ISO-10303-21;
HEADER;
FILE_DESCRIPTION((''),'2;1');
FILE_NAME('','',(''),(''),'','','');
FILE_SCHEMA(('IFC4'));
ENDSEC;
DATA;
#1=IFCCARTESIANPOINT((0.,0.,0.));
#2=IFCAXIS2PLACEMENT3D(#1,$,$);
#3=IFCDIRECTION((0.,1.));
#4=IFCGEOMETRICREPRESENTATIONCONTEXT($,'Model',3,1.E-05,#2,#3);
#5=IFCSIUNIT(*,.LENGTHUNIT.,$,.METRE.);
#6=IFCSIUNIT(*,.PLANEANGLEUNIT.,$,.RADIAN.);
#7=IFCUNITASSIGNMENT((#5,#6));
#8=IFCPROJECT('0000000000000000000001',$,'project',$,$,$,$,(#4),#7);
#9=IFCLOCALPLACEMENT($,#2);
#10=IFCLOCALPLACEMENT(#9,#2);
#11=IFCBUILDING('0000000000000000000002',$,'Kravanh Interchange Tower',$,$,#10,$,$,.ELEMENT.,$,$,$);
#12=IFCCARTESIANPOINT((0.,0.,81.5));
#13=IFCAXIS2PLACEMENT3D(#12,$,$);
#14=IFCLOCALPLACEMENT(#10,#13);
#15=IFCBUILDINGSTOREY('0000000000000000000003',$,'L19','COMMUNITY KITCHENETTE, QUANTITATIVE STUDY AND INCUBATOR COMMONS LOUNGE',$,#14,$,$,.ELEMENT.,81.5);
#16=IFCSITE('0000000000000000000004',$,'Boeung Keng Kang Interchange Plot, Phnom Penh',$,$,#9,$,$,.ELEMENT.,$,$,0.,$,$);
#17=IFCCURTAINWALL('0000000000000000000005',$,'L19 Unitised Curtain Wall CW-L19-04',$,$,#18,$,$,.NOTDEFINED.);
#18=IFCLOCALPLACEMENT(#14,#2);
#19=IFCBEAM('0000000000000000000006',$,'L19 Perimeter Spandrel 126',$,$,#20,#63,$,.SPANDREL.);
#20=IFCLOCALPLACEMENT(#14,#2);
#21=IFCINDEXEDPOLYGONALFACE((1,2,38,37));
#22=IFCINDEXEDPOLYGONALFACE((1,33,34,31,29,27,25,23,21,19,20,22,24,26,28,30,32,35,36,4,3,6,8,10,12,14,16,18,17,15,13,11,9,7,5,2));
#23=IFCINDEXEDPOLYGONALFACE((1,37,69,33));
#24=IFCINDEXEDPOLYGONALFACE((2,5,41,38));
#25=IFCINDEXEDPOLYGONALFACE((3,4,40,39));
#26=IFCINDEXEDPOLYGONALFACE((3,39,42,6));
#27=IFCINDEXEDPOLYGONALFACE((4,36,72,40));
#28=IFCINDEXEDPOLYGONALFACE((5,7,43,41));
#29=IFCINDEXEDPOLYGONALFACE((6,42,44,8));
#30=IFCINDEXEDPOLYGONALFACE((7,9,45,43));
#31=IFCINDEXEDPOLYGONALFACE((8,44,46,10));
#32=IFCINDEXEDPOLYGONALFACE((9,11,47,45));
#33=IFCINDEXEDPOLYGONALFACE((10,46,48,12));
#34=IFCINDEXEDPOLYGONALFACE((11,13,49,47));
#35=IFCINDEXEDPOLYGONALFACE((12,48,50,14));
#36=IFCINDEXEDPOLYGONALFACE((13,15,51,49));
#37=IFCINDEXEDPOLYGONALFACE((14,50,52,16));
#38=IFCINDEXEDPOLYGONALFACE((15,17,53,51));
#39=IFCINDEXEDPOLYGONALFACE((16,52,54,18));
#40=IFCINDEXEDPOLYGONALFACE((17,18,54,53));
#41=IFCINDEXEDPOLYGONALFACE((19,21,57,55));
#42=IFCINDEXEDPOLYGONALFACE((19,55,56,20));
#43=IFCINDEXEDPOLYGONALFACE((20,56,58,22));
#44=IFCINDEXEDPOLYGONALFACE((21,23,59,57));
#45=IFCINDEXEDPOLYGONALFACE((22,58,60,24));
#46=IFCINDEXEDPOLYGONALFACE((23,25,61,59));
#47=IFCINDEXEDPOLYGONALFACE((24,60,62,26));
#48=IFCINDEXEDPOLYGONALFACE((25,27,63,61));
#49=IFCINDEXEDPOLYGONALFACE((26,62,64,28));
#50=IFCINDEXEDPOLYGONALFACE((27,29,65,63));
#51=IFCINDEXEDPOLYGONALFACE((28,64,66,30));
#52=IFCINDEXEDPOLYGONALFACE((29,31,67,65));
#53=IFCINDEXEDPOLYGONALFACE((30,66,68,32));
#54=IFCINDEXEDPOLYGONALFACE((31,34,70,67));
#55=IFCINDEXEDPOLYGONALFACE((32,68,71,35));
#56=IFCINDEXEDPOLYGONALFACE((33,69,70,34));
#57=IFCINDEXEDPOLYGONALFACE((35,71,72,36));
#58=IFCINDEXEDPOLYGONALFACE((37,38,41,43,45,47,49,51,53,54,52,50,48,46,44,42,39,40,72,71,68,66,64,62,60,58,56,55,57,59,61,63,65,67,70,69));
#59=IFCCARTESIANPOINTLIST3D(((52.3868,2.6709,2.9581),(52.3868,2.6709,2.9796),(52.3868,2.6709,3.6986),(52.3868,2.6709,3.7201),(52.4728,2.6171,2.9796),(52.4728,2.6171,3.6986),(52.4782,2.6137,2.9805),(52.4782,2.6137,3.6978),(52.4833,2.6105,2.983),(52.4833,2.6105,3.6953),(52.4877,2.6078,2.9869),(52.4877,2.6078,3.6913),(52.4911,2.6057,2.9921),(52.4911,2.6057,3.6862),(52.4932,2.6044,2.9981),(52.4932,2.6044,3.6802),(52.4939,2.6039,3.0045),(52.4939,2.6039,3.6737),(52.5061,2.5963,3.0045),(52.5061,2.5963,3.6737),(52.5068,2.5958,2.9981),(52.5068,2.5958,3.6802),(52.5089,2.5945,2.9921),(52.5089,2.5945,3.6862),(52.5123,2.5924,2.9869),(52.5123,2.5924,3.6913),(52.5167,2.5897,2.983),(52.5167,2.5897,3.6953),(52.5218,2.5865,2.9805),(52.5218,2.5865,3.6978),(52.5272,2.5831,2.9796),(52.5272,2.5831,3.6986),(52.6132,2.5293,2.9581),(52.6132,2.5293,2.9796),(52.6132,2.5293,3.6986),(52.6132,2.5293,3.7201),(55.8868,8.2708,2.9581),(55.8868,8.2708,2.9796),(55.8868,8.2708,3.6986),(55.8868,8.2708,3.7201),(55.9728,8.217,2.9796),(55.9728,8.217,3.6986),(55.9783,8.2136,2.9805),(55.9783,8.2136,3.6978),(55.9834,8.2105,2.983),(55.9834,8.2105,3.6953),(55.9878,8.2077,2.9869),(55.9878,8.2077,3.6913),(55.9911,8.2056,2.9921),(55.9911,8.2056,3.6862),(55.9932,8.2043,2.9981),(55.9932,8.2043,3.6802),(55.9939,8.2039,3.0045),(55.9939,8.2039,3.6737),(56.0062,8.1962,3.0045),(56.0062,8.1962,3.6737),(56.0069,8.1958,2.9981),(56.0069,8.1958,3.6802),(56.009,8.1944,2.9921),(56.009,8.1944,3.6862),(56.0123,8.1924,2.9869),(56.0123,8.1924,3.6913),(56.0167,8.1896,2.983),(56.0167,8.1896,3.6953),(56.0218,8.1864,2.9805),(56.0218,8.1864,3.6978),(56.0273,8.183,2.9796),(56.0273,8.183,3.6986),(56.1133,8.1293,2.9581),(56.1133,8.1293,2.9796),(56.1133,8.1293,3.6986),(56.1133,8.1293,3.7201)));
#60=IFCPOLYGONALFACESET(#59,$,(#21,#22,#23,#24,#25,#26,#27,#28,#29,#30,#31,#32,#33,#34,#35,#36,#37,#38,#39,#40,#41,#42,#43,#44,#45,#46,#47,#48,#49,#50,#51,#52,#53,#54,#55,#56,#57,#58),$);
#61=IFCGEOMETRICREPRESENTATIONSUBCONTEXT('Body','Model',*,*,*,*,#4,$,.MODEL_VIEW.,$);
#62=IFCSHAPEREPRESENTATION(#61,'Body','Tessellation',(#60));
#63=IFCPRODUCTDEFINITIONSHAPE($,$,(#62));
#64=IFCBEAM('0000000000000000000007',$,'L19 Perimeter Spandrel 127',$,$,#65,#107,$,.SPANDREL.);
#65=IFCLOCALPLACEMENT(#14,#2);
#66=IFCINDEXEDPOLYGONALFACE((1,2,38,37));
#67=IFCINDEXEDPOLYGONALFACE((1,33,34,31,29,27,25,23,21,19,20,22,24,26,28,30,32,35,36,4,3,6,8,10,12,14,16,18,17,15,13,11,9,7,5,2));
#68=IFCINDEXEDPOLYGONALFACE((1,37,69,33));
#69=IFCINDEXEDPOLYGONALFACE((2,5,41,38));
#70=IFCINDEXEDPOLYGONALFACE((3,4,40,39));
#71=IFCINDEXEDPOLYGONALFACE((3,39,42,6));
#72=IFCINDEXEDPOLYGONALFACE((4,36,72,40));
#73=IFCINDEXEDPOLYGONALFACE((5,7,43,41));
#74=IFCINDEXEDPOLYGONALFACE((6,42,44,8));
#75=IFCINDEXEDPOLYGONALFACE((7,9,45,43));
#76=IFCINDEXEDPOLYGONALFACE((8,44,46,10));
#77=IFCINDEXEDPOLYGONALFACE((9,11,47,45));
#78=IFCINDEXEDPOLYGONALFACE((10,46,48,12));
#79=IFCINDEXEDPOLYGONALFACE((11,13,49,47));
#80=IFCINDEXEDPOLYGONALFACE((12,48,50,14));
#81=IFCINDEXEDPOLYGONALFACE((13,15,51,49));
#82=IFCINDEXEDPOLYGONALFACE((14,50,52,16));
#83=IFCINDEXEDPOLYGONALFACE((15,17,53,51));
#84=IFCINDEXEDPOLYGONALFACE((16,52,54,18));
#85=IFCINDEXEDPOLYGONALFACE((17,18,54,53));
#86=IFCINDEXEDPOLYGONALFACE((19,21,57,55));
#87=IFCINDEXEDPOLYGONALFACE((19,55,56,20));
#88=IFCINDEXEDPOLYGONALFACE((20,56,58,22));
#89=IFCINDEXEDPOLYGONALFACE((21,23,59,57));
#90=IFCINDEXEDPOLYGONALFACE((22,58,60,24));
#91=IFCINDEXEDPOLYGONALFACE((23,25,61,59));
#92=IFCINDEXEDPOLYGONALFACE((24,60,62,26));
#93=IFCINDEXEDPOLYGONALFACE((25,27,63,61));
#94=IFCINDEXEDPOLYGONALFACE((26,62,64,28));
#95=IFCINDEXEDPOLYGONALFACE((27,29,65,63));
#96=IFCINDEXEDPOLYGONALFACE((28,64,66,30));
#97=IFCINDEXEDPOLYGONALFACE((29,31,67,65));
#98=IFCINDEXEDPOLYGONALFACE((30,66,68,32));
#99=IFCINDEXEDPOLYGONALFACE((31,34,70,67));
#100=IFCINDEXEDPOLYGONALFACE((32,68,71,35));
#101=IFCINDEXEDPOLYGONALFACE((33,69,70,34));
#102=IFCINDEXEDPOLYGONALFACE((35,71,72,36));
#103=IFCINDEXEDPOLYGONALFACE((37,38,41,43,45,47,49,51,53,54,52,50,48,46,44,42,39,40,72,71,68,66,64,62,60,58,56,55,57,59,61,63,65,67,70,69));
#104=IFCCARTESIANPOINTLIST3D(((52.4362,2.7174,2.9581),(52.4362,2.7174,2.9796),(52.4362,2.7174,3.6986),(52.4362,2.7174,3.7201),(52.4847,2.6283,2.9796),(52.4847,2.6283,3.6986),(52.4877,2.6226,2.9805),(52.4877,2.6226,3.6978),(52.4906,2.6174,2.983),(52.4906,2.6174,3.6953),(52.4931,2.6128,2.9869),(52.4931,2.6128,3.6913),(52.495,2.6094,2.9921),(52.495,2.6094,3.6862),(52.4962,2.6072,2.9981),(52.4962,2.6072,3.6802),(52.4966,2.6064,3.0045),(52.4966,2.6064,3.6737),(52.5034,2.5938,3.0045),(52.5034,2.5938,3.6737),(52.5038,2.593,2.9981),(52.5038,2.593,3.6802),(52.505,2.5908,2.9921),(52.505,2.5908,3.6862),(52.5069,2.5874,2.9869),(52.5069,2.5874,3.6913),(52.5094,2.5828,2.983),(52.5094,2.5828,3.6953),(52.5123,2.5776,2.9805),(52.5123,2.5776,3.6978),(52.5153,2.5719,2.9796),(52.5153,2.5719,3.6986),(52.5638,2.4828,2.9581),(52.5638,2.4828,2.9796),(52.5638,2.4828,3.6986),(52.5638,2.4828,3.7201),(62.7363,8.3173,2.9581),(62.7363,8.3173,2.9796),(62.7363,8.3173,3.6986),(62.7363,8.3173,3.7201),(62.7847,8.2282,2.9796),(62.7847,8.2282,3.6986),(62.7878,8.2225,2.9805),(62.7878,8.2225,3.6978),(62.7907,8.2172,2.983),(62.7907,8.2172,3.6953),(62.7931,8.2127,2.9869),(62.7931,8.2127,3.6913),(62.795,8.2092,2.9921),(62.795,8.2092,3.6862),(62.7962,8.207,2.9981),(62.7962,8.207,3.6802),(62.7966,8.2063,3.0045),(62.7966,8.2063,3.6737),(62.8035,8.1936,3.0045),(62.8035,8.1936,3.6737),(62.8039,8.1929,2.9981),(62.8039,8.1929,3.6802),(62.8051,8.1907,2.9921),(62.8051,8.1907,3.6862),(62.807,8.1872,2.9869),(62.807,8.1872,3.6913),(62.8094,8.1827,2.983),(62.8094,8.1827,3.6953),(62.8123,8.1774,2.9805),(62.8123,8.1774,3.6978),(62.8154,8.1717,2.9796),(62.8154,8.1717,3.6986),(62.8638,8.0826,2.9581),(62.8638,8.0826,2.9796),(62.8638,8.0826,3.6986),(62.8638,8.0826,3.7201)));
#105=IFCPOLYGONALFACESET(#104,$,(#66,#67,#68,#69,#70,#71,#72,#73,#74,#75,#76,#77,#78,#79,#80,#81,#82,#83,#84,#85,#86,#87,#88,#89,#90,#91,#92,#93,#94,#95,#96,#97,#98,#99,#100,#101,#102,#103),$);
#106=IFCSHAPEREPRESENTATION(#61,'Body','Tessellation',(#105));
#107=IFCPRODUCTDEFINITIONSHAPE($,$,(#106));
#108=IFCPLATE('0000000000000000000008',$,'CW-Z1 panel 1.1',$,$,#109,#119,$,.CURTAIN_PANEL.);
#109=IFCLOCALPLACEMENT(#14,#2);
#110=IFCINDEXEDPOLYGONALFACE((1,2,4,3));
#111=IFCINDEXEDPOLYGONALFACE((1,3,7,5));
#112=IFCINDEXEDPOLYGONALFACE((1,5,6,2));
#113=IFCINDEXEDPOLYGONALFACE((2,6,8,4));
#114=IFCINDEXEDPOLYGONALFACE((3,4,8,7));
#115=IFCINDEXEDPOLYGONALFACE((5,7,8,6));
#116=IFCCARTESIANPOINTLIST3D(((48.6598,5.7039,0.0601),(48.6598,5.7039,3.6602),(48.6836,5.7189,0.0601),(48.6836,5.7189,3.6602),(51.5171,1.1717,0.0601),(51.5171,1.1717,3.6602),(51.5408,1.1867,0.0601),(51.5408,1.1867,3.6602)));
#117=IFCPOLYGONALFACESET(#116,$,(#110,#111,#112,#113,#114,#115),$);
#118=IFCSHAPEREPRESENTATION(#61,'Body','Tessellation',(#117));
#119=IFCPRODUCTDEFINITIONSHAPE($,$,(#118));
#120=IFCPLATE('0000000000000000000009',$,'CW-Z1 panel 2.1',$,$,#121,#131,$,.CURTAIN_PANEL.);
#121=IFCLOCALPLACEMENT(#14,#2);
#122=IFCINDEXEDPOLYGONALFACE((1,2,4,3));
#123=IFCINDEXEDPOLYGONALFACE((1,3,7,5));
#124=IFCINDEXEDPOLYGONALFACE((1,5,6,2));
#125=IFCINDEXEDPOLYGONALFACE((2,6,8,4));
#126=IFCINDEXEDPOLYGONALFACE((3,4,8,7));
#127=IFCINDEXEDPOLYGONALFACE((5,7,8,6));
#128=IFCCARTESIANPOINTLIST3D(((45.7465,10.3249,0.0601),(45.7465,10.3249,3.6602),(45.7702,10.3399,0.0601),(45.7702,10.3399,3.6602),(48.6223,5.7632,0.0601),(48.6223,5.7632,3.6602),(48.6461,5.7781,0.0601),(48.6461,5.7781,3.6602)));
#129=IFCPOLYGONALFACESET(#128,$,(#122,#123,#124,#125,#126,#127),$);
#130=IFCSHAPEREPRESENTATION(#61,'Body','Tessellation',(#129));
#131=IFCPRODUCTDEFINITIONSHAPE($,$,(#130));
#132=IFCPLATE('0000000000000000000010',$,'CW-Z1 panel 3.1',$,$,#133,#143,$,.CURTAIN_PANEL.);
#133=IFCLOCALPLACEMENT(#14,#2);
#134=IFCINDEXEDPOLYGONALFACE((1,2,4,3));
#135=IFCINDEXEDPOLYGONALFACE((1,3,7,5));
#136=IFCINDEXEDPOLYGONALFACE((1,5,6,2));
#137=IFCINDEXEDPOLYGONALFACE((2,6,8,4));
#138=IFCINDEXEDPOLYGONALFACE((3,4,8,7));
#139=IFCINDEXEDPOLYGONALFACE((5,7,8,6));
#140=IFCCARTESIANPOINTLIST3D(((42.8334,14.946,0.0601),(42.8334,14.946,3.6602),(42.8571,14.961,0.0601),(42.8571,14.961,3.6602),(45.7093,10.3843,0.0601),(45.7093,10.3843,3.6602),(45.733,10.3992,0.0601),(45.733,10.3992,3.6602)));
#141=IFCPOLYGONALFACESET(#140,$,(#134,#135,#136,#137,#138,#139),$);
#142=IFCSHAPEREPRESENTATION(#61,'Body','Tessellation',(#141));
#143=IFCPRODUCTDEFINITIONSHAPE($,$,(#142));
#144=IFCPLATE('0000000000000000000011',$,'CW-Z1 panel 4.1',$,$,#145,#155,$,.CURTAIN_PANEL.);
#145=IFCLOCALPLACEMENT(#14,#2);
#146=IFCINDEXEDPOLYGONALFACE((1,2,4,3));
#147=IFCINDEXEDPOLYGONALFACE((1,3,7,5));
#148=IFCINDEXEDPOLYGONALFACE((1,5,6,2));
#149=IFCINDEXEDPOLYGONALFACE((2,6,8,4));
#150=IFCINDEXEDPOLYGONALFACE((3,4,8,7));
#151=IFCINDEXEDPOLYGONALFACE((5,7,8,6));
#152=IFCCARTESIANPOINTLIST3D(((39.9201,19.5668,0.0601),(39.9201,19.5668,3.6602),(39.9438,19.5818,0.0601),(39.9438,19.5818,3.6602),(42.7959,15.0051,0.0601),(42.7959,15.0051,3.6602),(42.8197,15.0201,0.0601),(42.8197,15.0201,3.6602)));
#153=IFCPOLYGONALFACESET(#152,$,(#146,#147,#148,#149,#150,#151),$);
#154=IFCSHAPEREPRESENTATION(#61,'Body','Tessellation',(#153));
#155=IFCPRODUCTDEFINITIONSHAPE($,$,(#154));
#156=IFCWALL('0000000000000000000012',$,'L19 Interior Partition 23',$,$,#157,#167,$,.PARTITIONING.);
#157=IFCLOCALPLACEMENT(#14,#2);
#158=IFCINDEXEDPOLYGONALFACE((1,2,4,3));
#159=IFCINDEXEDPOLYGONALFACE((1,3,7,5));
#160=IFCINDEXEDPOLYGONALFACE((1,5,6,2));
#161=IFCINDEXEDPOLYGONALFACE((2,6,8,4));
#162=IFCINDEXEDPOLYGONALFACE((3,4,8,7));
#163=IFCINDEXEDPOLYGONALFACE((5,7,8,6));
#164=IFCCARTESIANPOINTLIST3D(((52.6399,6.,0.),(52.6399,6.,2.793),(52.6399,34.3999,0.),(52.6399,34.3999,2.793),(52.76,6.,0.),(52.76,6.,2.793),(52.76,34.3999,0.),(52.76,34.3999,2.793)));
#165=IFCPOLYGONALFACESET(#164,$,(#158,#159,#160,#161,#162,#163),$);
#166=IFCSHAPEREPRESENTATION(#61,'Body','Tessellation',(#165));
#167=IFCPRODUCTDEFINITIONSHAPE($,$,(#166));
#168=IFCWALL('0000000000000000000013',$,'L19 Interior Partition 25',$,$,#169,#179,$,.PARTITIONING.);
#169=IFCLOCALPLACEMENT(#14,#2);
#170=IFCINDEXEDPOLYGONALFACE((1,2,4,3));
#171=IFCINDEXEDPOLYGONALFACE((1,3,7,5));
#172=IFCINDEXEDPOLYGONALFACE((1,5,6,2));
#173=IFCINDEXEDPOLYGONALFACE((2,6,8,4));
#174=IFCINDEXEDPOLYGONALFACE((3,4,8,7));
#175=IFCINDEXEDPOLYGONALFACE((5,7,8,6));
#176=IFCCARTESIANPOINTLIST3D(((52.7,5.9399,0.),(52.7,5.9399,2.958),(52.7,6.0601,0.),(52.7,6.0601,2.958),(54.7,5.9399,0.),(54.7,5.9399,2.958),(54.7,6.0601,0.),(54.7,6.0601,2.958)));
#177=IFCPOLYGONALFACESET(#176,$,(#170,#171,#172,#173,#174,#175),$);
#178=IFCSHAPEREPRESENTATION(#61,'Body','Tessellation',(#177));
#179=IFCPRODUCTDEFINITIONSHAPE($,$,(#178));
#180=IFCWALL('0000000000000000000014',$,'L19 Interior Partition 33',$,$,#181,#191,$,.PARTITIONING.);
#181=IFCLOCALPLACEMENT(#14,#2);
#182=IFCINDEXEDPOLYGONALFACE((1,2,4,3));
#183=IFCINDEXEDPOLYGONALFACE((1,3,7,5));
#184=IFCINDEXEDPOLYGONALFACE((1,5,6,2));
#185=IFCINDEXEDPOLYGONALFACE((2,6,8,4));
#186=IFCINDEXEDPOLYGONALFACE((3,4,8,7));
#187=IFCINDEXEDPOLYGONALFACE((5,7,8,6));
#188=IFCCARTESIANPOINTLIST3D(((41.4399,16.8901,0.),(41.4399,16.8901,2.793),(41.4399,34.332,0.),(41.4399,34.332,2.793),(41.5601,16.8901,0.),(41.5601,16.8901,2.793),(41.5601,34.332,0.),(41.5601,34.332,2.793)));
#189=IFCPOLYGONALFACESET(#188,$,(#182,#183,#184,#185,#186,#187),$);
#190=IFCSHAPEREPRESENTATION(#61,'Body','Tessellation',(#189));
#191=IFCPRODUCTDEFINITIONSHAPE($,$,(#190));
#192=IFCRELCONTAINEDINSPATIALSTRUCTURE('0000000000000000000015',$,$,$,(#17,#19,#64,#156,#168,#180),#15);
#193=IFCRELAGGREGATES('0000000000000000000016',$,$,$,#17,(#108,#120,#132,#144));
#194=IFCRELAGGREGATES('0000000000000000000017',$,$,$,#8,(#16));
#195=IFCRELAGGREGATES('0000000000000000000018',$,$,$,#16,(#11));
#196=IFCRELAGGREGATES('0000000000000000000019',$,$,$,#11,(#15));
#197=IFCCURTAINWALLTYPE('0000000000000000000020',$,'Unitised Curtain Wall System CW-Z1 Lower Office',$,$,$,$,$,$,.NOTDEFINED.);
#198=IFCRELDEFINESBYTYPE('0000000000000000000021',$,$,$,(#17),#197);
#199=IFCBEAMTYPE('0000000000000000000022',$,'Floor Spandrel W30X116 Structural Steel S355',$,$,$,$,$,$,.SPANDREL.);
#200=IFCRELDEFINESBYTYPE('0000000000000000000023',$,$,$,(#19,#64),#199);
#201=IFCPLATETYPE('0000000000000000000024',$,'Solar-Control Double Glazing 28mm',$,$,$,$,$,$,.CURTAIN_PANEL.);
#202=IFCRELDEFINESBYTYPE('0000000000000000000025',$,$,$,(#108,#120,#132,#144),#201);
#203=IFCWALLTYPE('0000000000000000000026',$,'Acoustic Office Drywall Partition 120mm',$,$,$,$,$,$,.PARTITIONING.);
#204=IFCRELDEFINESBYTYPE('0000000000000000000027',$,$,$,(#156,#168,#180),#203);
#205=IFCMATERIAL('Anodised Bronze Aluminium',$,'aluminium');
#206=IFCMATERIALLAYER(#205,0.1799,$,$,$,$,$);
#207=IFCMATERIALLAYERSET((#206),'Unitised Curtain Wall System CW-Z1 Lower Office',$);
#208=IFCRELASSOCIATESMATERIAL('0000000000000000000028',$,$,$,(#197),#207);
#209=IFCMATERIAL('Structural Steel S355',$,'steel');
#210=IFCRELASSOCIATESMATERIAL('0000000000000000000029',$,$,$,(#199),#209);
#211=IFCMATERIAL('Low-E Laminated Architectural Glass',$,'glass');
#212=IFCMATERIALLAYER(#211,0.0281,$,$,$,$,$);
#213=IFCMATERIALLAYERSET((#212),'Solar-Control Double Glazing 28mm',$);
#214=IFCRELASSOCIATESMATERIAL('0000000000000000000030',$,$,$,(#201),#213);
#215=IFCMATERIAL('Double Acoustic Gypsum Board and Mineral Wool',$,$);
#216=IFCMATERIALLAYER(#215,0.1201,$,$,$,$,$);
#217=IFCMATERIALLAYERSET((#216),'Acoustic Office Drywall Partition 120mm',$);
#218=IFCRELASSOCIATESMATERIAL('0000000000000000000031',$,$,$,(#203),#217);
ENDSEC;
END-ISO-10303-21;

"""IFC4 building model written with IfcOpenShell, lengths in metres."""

from ifc_helpers import new_model, si_unit, direction, frame, frame_2d, origin, origin_2d, place, context, subcontext, project, spatial, rectangle, i_section, extrude, material, layer, layer_set, material_profile, profile_set, type_object, element, aggregate, save


model = new_model("IFC4")

# Units and contexts
model_context = context("Model", 3, precision=1e-05, world=origin(), true_north=direction((0.0, 1.0)))
body_context = subcontext(model_context, "Body", "Model", "MODEL_VIEW")
ifc_project = project(units=[si_unit("LENGTHUNIT", "METRE"), si_unit("PLANEANGLEUNIT", "RADIAN")], contexts=[model_context])

# Site, building, storey
site_placement = place(None, origin())
site = spatial("IfcSite", under=ifc_project, at=site_placement, Name="Boeung Keng Kang Interchange Plot, Phnom Penh", CompositionType="ELEMENT", RefElevation=0.0)
building_placement = place(site_placement, origin())
building = spatial("IfcBuilding", under=site, at=building_placement, Name="Kravanh Interchange Tower", CompositionType="ELEMENT")
storey_placement = place(building_placement, frame((0.0, 0.0, 81.5)))
storey = spatial("IfcBuildingStorey", under=building, at=storey_placement, Name="L19", Description="COMMUNITY KITCHENETTE, QUANTITATIVE STUDY AND INCUBATOR COMMONS LOUNGE", CompositionType="ELEMENT", Elevation=81.5)

# Shared definitions
ifc_material_1 = material(Name="Anodised Bronze Aluminium", Category="aluminium")
ifc_layer_1 = layer(ifc_material_1, 0.1799)
ifc_layer_set_1 = layer_set([ifc_layer_1], Name="Unitised Curtain Wall System CW-Z1 Lower Office")
curtain_wall_type = type_object("IfcCurtainWallType", Name="Unitised Curtain Wall System CW-Z1 Lower Office", PredefinedType="NOTDEFINED", material=ifc_layer_set_1)

# Curtain wall
curtain_wall_1_placement = place(storey_placement, origin())
curtain_wall_1 = element("IfcCurtainWall", 1, at=curtain_wall_1_placement, inside=storey, type_object=curtain_wall_type, Name="L19 Unitised Curtain Wall CW-L19-04", PredefinedType="NOTDEFINED")

# Beams
ifc_material_2 = material(Name="Structural Steel S355", Category="steel")
ifc_material_profile_1 = material_profile(ifc_material_2, i_section(OverallWidth=0.2671, OverallDepth=0.762, WebThickness=0.0144, FlangeThickness=0.0215, FilletRadius=0.0249, at=origin_2d()), Name="W30X116")
ifc_profile_set_1 = profile_set([ifc_material_profile_1], Name="Structural Steel S355")
beam_type = type_object("IfcBeamType", Name="Floor Spandrel W30X116 Structural Steel S355", PredefinedType="SPANDREL", material=ifc_profile_set_1)
beam_1_placement = place(storey_placement, frame((52.5, 2.6001, 3.3391), z_axis=(0.530009, 0.847992, 0.0), x_axis=(-0.847992, 0.530009, 0.0)))
element("IfcBeam", 2, at=beam_1_placement, inside=storey, type_object=beam_type, Name="L19 Perimeter Spandrel 126", PredefinedType="SPANDREL", context=body_context, shape_type="SweptSolid", body=[
    extrude(i_section(OverallWidth=0.2671, OverallDepth=0.762, WebThickness=0.0144, FlangeThickness=0.0215, FilletRadius=0.0249, at=origin_2d()), origin(), (0.0, 0.0, 1.0), 6.6038),
])
beam_2_placement = place(storey_placement, frame((52.5, 2.6001, 3.3391), z_axis=(0.878553, 0.477645, 0.0), x_axis=(-0.477645, 0.878553, 0.0)))
element("IfcBeam", 3, at=beam_2_placement, inside=storey, type_object=beam_type, Name="L19 Perimeter Spandrel 127", PredefinedType="SPANDREL", context=body_context, shape_type="SweptSolid", body=[
    extrude(i_section(OverallWidth=0.2671, OverallDepth=0.762, WebThickness=0.0144, FlangeThickness=0.0215, FilletRadius=0.0249, at=origin_2d()), origin(), (0.0, 0.0, 1.0), 11.7239),
])

# Plates
ifc_material_3 = material(Name="Low-E Laminated Architectural Glass", Category="glass")
ifc_layer_2 = layer(ifc_material_3, 0.0281)
ifc_layer_set_2 = layer_set([ifc_layer_2], Name="Solar-Control Double Glazing 28mm")
plate_type = type_object("IfcPlateType", Name="Solar-Control Double Glazing 28mm", PredefinedType="CURTAIN_PANEL", material=ifc_layer_set_2)
plate_1_placement = place(storey_placement, frame((50.1003, 3.4453, 0.0601), z_axis=(0.0, 0.0, 1.0), x_axis=(-0.533301, 0.845926, 0.0)))
plate_1 = element("IfcPlate", 4, at=plate_1_placement, type_object=plate_type, Name="CW-Z1 panel 1.1", PredefinedType="CURTAIN_PANEL", context=body_context, shape_type="SweptSolid", body=[
    extrude(rectangle(XDim=5.3577, YDim=0.0281, at=origin_2d()), origin(), (0.0, 0.0, 1.0), 3.6001),
])
plate_2_placement = place(storey_placement, frame((47.1963, 8.0515, 0.0601), z_axis=(0.0, 0.0, 1.0), x_axis=(-0.533301, 0.845926, 0.0)))
plate_2 = element("IfcPlate", 5, at=plate_2_placement, type_object=plate_type, Name="CW-Z1 panel 2.1", PredefinedType="CURTAIN_PANEL", context=body_context, shape_type="SweptSolid", body=[
    extrude(rectangle(XDim=5.3926, YDim=0.0281, at=origin_2d()), origin(), (0.0, 0.0, 1.0), 3.6001),
])
plate_3_placement = place(storey_placement, frame((44.2832, 12.6726, 0.0601), z_axis=(0.0, 0.0, 1.0), x_axis=(-0.533301, 0.845926, 0.0)))
plate_3 = element("IfcPlate", 6, at=plate_3_placement, type_object=plate_type, Name="CW-Z1 panel 3.1", PredefinedType="CURTAIN_PANEL", context=body_context, shape_type="SweptSolid", body=[
    extrude(rectangle(XDim=5.3926, YDim=0.0281, at=origin_2d()), origin(), (0.0, 0.0, 1.0), 3.6001),
])
plate_4_placement = place(storey_placement, frame((41.3699, 17.2935, 0.0601), z_axis=(0.0, 0.0, 1.0), x_axis=(-0.533301, 0.845926, 0.0)))
plate_4 = element("IfcPlate", 7, at=plate_4_placement, type_object=plate_type, Name="CW-Z1 panel 4.1", PredefinedType="CURTAIN_PANEL", context=body_context, shape_type="SweptSolid", body=[
    extrude(rectangle(XDim=5.3926, YDim=0.0281, at=origin_2d()), origin(), (0.0, 0.0, 1.0), 3.6001),
])
aggregate(curtain_wall_1, [plate_1, plate_2, plate_3, plate_4])

# Walls
ifc_material_4 = material(Name="Double Acoustic Gypsum Board and Mineral Wool")
ifc_layer_3 = layer(ifc_material_4, 0.1201)
ifc_layer_set_3 = layer_set([ifc_layer_3], Name="Acoustic Office Drywall Partition 120mm")
wall_type = type_object("IfcWallType", Name="Acoustic Office Drywall Partition 120mm", PredefinedType="PARTITIONING", material=ifc_layer_set_3)
wall_1_placement = place(storey_placement, frame((52.7, 6.0, 0.0), z_axis=(0.0, 0.0, 1.0), x_axis=(0.0, 1.0, 0.0)))
element("IfcWall", 8, at=wall_1_placement, inside=storey, type_object=wall_type, Name="L19 Interior Partition 23", PredefinedType="PARTITIONING", context=body_context, shape_type="SweptSolid", body=[
    extrude(rectangle(XDim=28.3999, YDim=0.1201, at=frame_2d((14.2, 0.0))), origin(), (0.0, 0.0, 1.0), 2.793),
])
wall_2_placement = place(storey_placement, frame((52.7, 6.0, 0.0), z_axis=(0.0, 0.0, 1.0), x_axis=(1.0, 0.0, 0.0)))
element("IfcWall", 9, at=wall_2_placement, inside=storey, type_object=wall_type, Name="L19 Interior Partition 25", PredefinedType="PARTITIONING", context=body_context, shape_type="SweptSolid", body=[
    extrude(rectangle(XDim=2.0, YDim=0.1201, at=frame_2d((1.0, 0.0))), origin(), (0.0, 0.0, 1.0), 2.958),
])
wall_3_placement = place(storey_placement, frame((41.5, 16.8901, 0.0), z_axis=(0.0, 0.0, 1.0), x_axis=(0.0, 1.0, 0.0)))
element("IfcWall", 10, at=wall_3_placement, inside=storey, type_object=wall_type, Name="L19 Interior Partition 33", PredefinedType="PARTITIONING", context=body_context, shape_type="SweptSolid", body=[
    extrude(rectangle(XDim=17.4419, YDim=0.1201, at=frame_2d((8.7209, 0.0))), origin(), (0.0, 0.0, 1.0), 2.793),
])

save(model, "model.ifc")
